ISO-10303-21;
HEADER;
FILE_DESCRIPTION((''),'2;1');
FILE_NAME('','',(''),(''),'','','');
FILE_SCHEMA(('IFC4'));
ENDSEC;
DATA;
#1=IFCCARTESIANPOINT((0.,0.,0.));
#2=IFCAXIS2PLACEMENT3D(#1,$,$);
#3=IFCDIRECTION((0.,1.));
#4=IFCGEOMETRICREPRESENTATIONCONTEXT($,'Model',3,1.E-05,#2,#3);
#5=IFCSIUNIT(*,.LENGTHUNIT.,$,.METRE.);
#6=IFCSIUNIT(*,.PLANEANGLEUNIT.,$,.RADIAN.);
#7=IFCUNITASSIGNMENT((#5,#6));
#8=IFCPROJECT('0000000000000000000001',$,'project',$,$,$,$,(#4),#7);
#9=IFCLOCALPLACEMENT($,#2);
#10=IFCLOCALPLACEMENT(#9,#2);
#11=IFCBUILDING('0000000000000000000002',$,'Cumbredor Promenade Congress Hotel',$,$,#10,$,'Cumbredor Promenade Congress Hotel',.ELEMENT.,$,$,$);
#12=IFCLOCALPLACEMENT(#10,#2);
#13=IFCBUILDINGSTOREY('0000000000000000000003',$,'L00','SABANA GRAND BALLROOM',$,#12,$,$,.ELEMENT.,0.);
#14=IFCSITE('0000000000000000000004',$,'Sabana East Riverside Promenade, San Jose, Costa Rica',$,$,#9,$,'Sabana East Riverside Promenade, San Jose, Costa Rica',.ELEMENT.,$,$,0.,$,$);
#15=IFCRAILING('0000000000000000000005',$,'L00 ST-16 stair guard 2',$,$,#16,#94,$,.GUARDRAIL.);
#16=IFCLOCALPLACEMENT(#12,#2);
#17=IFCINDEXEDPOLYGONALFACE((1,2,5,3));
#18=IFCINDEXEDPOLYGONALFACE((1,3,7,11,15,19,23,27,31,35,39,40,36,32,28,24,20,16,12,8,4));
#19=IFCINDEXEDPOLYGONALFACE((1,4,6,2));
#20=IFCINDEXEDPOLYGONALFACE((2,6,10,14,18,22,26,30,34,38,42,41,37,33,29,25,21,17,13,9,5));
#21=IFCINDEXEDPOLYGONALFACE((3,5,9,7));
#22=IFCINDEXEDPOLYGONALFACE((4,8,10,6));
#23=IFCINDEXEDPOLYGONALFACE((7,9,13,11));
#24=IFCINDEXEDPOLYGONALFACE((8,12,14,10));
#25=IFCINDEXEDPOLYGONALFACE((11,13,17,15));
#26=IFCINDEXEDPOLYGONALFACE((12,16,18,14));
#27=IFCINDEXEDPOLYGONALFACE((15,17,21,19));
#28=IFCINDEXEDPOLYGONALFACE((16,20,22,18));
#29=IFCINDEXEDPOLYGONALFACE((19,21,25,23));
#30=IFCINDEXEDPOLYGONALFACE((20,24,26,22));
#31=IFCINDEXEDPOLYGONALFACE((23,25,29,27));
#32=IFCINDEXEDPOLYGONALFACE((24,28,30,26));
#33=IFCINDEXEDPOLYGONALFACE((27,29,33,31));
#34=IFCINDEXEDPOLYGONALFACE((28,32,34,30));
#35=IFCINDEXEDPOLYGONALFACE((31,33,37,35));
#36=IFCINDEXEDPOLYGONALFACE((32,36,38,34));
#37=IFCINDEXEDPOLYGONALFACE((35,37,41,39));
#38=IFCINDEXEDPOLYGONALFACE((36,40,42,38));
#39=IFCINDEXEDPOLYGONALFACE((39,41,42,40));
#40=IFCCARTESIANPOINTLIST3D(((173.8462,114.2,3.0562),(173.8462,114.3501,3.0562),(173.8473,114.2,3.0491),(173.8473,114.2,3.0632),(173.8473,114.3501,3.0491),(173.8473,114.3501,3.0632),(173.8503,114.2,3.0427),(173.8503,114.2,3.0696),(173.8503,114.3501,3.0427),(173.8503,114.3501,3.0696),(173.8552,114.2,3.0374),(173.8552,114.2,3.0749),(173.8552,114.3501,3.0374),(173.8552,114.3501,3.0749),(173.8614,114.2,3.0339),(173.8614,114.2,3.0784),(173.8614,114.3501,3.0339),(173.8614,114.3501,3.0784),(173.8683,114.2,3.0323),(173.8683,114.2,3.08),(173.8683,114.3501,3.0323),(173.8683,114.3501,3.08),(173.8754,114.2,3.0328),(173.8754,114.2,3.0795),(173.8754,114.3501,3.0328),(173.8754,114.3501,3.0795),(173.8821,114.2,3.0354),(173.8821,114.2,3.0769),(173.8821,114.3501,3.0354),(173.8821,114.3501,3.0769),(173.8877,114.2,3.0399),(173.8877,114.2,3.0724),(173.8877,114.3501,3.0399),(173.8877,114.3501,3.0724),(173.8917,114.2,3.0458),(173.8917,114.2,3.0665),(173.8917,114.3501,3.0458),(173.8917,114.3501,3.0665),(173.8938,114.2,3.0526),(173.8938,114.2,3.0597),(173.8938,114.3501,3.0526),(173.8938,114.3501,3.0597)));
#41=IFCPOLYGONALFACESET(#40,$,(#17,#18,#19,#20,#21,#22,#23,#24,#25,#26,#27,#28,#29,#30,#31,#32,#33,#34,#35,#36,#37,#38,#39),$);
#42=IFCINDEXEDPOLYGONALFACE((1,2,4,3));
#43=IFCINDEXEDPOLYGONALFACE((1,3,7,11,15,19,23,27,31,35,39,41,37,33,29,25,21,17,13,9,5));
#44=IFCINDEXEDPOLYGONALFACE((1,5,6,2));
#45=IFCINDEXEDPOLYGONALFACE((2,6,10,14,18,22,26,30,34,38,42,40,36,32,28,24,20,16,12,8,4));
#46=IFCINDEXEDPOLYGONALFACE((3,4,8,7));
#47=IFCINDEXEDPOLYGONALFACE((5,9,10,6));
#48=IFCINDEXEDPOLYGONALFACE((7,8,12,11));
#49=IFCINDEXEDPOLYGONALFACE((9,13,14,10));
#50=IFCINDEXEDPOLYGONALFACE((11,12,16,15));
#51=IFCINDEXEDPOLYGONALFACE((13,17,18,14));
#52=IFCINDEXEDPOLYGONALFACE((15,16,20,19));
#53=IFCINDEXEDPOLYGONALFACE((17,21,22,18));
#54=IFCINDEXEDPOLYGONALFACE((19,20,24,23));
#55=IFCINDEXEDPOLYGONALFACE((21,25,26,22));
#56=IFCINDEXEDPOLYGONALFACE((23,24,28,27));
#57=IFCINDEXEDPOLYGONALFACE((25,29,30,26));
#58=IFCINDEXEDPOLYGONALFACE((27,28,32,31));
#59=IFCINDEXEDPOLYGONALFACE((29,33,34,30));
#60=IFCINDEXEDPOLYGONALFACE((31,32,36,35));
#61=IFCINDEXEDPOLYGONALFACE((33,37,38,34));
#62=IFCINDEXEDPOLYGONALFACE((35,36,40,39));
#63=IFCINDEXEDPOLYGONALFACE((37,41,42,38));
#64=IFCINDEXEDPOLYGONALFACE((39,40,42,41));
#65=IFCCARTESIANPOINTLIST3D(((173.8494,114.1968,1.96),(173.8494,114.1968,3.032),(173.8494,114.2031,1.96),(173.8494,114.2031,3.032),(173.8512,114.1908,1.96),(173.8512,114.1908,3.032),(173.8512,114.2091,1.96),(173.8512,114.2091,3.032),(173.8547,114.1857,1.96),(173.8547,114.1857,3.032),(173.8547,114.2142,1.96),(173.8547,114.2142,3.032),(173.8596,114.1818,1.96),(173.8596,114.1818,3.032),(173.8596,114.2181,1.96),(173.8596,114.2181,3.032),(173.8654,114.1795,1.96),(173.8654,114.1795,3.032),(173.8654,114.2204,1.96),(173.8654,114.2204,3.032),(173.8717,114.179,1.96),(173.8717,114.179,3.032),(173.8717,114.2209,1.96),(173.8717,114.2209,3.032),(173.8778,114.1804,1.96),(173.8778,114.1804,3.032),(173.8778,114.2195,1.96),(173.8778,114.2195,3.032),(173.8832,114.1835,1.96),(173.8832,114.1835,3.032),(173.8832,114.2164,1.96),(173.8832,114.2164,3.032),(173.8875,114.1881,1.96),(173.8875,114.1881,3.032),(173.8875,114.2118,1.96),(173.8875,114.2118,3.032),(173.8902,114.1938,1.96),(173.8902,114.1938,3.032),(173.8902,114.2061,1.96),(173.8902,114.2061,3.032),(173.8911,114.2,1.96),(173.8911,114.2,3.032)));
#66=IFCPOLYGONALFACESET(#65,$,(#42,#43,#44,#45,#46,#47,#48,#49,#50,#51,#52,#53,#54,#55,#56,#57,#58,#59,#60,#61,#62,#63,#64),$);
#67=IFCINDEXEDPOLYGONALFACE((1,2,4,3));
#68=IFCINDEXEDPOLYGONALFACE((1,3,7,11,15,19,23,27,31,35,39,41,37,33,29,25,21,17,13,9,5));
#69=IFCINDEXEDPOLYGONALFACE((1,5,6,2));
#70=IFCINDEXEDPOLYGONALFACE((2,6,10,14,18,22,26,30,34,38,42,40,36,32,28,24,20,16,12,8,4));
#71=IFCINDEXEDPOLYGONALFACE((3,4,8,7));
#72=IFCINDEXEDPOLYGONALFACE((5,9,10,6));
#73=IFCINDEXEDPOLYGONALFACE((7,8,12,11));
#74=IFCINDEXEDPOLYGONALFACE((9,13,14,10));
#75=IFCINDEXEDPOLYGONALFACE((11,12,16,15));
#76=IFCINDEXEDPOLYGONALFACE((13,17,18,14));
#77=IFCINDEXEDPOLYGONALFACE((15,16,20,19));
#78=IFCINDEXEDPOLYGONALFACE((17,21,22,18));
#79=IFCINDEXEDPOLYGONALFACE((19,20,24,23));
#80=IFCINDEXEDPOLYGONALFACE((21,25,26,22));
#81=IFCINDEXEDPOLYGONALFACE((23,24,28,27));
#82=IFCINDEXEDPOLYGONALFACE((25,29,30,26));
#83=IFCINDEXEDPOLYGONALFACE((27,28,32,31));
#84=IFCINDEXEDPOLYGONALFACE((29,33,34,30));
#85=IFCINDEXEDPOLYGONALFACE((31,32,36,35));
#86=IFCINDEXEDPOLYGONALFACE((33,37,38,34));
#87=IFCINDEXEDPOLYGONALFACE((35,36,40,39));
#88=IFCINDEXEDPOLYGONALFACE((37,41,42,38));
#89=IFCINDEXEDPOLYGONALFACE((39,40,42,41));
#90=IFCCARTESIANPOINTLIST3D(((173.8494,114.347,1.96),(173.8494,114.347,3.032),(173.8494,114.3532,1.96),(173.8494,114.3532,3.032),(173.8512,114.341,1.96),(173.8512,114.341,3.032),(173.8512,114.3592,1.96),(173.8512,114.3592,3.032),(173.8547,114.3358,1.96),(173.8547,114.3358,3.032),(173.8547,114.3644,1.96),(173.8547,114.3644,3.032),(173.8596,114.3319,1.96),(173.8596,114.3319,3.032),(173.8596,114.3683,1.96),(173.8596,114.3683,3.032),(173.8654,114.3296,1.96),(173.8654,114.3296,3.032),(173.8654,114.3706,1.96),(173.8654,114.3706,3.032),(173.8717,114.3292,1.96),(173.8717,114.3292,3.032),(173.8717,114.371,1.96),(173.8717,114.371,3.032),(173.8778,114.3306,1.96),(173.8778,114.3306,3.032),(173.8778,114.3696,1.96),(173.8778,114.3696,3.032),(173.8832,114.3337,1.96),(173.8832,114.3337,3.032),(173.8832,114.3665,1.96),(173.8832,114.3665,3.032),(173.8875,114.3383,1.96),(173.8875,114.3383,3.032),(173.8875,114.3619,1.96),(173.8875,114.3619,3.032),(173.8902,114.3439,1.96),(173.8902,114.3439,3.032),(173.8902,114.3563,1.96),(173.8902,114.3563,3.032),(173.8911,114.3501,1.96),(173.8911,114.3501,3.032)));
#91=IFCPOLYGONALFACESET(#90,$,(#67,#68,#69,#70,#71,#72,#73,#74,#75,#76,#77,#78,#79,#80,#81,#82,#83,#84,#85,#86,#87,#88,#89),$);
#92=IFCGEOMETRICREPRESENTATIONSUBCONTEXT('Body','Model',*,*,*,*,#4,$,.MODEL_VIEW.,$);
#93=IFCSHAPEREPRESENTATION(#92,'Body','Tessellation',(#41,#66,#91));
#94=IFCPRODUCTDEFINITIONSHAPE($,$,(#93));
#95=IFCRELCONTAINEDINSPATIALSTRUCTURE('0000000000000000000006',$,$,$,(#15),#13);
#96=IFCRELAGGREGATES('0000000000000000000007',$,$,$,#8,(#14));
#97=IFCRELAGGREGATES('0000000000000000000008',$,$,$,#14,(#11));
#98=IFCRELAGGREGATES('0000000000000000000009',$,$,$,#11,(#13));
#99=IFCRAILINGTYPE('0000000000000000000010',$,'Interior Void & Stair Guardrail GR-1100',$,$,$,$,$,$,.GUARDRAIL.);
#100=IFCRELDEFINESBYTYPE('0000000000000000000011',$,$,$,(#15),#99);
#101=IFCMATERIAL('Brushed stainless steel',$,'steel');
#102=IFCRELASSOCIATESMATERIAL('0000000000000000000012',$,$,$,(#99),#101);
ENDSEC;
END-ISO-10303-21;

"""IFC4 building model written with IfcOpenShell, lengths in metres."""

from ifc_helpers import new_model, si_unit, direction, frame, origin, origin_2d, place, context, subcontext, project, spatial, circle, extrude, material, type_object, element, save


model = new_model("IFC4")

# Units and contexts
model_context = context("Model", 3, precision=1e-05, world=origin(), true_north=direction((0.0, 1.0)))
body_context = subcontext(model_context, "Body", "Model", "MODEL_VIEW")
ifc_project = project(units=[si_unit("LENGTHUNIT", "METRE"), si_unit("PLANEANGLEUNIT", "RADIAN")], contexts=[model_context])

# Site, building, storey
site_placement = place(None, origin())
site = spatial("IfcSite", under=ifc_project, at=site_placement, Name="Sabana East Riverside Promenade, San Jose, Costa Rica", LongName="Sabana East Riverside Promenade, San Jose, Costa Rica", CompositionType="ELEMENT", RefElevation=0.0)
building_placement = place(site_placement, origin())
building = spatial("IfcBuilding", under=site, at=building_placement, Name="Cumbredor Promenade Congress Hotel", LongName="Cumbredor Promenade Congress Hotel", CompositionType="ELEMENT")
storey_placement = place(building_placement, origin())
storey = spatial("IfcBuildingStorey", under=building, at=storey_placement, Name="L00", Description="SABANA GRAND BALLROOM", CompositionType="ELEMENT", Elevation=0.0)

# Railing
ifc_material_1 = material(Name="Brushed stainless steel", Category="steel")
railing_type_1 = type_object("IfcRailingType", Name="Interior Void & Stair Guardrail GR-1100", PredefinedType="GUARDRAIL", material=ifc_material_1)
railing_1_placement = place(storey_placement, frame((173.8701, 114.2, 1.96)))
element("IfcRailing", 1, at=railing_1_placement, inside=storey, type_object=railing_type_1, Name="L00 ST-16 stair guard 2", PredefinedType="GUARDRAIL", context=body_context, shape_type="SweptSolid", body=[
    extrude(circle(Radius=0.0239, at=origin_2d()), frame((0.0, 0.0, 1.0962), z_axis=(0.0, 1.0, 0.0), x_axis=(-1.0, 0.0, 0.0)), (0.0, 0.0, 1.0), 0.1501),
    extrude(circle(Radius=0.021, at=origin_2d()), origin(), (0.0, 0.0, 1.0), 1.072),
    extrude(circle(Radius=0.021, at=origin_2d()), frame((0.0, 0.1501, 0.0)), (0.0, 0.0, 1.0), 1.072),
])

save(model, "model.ifc")
